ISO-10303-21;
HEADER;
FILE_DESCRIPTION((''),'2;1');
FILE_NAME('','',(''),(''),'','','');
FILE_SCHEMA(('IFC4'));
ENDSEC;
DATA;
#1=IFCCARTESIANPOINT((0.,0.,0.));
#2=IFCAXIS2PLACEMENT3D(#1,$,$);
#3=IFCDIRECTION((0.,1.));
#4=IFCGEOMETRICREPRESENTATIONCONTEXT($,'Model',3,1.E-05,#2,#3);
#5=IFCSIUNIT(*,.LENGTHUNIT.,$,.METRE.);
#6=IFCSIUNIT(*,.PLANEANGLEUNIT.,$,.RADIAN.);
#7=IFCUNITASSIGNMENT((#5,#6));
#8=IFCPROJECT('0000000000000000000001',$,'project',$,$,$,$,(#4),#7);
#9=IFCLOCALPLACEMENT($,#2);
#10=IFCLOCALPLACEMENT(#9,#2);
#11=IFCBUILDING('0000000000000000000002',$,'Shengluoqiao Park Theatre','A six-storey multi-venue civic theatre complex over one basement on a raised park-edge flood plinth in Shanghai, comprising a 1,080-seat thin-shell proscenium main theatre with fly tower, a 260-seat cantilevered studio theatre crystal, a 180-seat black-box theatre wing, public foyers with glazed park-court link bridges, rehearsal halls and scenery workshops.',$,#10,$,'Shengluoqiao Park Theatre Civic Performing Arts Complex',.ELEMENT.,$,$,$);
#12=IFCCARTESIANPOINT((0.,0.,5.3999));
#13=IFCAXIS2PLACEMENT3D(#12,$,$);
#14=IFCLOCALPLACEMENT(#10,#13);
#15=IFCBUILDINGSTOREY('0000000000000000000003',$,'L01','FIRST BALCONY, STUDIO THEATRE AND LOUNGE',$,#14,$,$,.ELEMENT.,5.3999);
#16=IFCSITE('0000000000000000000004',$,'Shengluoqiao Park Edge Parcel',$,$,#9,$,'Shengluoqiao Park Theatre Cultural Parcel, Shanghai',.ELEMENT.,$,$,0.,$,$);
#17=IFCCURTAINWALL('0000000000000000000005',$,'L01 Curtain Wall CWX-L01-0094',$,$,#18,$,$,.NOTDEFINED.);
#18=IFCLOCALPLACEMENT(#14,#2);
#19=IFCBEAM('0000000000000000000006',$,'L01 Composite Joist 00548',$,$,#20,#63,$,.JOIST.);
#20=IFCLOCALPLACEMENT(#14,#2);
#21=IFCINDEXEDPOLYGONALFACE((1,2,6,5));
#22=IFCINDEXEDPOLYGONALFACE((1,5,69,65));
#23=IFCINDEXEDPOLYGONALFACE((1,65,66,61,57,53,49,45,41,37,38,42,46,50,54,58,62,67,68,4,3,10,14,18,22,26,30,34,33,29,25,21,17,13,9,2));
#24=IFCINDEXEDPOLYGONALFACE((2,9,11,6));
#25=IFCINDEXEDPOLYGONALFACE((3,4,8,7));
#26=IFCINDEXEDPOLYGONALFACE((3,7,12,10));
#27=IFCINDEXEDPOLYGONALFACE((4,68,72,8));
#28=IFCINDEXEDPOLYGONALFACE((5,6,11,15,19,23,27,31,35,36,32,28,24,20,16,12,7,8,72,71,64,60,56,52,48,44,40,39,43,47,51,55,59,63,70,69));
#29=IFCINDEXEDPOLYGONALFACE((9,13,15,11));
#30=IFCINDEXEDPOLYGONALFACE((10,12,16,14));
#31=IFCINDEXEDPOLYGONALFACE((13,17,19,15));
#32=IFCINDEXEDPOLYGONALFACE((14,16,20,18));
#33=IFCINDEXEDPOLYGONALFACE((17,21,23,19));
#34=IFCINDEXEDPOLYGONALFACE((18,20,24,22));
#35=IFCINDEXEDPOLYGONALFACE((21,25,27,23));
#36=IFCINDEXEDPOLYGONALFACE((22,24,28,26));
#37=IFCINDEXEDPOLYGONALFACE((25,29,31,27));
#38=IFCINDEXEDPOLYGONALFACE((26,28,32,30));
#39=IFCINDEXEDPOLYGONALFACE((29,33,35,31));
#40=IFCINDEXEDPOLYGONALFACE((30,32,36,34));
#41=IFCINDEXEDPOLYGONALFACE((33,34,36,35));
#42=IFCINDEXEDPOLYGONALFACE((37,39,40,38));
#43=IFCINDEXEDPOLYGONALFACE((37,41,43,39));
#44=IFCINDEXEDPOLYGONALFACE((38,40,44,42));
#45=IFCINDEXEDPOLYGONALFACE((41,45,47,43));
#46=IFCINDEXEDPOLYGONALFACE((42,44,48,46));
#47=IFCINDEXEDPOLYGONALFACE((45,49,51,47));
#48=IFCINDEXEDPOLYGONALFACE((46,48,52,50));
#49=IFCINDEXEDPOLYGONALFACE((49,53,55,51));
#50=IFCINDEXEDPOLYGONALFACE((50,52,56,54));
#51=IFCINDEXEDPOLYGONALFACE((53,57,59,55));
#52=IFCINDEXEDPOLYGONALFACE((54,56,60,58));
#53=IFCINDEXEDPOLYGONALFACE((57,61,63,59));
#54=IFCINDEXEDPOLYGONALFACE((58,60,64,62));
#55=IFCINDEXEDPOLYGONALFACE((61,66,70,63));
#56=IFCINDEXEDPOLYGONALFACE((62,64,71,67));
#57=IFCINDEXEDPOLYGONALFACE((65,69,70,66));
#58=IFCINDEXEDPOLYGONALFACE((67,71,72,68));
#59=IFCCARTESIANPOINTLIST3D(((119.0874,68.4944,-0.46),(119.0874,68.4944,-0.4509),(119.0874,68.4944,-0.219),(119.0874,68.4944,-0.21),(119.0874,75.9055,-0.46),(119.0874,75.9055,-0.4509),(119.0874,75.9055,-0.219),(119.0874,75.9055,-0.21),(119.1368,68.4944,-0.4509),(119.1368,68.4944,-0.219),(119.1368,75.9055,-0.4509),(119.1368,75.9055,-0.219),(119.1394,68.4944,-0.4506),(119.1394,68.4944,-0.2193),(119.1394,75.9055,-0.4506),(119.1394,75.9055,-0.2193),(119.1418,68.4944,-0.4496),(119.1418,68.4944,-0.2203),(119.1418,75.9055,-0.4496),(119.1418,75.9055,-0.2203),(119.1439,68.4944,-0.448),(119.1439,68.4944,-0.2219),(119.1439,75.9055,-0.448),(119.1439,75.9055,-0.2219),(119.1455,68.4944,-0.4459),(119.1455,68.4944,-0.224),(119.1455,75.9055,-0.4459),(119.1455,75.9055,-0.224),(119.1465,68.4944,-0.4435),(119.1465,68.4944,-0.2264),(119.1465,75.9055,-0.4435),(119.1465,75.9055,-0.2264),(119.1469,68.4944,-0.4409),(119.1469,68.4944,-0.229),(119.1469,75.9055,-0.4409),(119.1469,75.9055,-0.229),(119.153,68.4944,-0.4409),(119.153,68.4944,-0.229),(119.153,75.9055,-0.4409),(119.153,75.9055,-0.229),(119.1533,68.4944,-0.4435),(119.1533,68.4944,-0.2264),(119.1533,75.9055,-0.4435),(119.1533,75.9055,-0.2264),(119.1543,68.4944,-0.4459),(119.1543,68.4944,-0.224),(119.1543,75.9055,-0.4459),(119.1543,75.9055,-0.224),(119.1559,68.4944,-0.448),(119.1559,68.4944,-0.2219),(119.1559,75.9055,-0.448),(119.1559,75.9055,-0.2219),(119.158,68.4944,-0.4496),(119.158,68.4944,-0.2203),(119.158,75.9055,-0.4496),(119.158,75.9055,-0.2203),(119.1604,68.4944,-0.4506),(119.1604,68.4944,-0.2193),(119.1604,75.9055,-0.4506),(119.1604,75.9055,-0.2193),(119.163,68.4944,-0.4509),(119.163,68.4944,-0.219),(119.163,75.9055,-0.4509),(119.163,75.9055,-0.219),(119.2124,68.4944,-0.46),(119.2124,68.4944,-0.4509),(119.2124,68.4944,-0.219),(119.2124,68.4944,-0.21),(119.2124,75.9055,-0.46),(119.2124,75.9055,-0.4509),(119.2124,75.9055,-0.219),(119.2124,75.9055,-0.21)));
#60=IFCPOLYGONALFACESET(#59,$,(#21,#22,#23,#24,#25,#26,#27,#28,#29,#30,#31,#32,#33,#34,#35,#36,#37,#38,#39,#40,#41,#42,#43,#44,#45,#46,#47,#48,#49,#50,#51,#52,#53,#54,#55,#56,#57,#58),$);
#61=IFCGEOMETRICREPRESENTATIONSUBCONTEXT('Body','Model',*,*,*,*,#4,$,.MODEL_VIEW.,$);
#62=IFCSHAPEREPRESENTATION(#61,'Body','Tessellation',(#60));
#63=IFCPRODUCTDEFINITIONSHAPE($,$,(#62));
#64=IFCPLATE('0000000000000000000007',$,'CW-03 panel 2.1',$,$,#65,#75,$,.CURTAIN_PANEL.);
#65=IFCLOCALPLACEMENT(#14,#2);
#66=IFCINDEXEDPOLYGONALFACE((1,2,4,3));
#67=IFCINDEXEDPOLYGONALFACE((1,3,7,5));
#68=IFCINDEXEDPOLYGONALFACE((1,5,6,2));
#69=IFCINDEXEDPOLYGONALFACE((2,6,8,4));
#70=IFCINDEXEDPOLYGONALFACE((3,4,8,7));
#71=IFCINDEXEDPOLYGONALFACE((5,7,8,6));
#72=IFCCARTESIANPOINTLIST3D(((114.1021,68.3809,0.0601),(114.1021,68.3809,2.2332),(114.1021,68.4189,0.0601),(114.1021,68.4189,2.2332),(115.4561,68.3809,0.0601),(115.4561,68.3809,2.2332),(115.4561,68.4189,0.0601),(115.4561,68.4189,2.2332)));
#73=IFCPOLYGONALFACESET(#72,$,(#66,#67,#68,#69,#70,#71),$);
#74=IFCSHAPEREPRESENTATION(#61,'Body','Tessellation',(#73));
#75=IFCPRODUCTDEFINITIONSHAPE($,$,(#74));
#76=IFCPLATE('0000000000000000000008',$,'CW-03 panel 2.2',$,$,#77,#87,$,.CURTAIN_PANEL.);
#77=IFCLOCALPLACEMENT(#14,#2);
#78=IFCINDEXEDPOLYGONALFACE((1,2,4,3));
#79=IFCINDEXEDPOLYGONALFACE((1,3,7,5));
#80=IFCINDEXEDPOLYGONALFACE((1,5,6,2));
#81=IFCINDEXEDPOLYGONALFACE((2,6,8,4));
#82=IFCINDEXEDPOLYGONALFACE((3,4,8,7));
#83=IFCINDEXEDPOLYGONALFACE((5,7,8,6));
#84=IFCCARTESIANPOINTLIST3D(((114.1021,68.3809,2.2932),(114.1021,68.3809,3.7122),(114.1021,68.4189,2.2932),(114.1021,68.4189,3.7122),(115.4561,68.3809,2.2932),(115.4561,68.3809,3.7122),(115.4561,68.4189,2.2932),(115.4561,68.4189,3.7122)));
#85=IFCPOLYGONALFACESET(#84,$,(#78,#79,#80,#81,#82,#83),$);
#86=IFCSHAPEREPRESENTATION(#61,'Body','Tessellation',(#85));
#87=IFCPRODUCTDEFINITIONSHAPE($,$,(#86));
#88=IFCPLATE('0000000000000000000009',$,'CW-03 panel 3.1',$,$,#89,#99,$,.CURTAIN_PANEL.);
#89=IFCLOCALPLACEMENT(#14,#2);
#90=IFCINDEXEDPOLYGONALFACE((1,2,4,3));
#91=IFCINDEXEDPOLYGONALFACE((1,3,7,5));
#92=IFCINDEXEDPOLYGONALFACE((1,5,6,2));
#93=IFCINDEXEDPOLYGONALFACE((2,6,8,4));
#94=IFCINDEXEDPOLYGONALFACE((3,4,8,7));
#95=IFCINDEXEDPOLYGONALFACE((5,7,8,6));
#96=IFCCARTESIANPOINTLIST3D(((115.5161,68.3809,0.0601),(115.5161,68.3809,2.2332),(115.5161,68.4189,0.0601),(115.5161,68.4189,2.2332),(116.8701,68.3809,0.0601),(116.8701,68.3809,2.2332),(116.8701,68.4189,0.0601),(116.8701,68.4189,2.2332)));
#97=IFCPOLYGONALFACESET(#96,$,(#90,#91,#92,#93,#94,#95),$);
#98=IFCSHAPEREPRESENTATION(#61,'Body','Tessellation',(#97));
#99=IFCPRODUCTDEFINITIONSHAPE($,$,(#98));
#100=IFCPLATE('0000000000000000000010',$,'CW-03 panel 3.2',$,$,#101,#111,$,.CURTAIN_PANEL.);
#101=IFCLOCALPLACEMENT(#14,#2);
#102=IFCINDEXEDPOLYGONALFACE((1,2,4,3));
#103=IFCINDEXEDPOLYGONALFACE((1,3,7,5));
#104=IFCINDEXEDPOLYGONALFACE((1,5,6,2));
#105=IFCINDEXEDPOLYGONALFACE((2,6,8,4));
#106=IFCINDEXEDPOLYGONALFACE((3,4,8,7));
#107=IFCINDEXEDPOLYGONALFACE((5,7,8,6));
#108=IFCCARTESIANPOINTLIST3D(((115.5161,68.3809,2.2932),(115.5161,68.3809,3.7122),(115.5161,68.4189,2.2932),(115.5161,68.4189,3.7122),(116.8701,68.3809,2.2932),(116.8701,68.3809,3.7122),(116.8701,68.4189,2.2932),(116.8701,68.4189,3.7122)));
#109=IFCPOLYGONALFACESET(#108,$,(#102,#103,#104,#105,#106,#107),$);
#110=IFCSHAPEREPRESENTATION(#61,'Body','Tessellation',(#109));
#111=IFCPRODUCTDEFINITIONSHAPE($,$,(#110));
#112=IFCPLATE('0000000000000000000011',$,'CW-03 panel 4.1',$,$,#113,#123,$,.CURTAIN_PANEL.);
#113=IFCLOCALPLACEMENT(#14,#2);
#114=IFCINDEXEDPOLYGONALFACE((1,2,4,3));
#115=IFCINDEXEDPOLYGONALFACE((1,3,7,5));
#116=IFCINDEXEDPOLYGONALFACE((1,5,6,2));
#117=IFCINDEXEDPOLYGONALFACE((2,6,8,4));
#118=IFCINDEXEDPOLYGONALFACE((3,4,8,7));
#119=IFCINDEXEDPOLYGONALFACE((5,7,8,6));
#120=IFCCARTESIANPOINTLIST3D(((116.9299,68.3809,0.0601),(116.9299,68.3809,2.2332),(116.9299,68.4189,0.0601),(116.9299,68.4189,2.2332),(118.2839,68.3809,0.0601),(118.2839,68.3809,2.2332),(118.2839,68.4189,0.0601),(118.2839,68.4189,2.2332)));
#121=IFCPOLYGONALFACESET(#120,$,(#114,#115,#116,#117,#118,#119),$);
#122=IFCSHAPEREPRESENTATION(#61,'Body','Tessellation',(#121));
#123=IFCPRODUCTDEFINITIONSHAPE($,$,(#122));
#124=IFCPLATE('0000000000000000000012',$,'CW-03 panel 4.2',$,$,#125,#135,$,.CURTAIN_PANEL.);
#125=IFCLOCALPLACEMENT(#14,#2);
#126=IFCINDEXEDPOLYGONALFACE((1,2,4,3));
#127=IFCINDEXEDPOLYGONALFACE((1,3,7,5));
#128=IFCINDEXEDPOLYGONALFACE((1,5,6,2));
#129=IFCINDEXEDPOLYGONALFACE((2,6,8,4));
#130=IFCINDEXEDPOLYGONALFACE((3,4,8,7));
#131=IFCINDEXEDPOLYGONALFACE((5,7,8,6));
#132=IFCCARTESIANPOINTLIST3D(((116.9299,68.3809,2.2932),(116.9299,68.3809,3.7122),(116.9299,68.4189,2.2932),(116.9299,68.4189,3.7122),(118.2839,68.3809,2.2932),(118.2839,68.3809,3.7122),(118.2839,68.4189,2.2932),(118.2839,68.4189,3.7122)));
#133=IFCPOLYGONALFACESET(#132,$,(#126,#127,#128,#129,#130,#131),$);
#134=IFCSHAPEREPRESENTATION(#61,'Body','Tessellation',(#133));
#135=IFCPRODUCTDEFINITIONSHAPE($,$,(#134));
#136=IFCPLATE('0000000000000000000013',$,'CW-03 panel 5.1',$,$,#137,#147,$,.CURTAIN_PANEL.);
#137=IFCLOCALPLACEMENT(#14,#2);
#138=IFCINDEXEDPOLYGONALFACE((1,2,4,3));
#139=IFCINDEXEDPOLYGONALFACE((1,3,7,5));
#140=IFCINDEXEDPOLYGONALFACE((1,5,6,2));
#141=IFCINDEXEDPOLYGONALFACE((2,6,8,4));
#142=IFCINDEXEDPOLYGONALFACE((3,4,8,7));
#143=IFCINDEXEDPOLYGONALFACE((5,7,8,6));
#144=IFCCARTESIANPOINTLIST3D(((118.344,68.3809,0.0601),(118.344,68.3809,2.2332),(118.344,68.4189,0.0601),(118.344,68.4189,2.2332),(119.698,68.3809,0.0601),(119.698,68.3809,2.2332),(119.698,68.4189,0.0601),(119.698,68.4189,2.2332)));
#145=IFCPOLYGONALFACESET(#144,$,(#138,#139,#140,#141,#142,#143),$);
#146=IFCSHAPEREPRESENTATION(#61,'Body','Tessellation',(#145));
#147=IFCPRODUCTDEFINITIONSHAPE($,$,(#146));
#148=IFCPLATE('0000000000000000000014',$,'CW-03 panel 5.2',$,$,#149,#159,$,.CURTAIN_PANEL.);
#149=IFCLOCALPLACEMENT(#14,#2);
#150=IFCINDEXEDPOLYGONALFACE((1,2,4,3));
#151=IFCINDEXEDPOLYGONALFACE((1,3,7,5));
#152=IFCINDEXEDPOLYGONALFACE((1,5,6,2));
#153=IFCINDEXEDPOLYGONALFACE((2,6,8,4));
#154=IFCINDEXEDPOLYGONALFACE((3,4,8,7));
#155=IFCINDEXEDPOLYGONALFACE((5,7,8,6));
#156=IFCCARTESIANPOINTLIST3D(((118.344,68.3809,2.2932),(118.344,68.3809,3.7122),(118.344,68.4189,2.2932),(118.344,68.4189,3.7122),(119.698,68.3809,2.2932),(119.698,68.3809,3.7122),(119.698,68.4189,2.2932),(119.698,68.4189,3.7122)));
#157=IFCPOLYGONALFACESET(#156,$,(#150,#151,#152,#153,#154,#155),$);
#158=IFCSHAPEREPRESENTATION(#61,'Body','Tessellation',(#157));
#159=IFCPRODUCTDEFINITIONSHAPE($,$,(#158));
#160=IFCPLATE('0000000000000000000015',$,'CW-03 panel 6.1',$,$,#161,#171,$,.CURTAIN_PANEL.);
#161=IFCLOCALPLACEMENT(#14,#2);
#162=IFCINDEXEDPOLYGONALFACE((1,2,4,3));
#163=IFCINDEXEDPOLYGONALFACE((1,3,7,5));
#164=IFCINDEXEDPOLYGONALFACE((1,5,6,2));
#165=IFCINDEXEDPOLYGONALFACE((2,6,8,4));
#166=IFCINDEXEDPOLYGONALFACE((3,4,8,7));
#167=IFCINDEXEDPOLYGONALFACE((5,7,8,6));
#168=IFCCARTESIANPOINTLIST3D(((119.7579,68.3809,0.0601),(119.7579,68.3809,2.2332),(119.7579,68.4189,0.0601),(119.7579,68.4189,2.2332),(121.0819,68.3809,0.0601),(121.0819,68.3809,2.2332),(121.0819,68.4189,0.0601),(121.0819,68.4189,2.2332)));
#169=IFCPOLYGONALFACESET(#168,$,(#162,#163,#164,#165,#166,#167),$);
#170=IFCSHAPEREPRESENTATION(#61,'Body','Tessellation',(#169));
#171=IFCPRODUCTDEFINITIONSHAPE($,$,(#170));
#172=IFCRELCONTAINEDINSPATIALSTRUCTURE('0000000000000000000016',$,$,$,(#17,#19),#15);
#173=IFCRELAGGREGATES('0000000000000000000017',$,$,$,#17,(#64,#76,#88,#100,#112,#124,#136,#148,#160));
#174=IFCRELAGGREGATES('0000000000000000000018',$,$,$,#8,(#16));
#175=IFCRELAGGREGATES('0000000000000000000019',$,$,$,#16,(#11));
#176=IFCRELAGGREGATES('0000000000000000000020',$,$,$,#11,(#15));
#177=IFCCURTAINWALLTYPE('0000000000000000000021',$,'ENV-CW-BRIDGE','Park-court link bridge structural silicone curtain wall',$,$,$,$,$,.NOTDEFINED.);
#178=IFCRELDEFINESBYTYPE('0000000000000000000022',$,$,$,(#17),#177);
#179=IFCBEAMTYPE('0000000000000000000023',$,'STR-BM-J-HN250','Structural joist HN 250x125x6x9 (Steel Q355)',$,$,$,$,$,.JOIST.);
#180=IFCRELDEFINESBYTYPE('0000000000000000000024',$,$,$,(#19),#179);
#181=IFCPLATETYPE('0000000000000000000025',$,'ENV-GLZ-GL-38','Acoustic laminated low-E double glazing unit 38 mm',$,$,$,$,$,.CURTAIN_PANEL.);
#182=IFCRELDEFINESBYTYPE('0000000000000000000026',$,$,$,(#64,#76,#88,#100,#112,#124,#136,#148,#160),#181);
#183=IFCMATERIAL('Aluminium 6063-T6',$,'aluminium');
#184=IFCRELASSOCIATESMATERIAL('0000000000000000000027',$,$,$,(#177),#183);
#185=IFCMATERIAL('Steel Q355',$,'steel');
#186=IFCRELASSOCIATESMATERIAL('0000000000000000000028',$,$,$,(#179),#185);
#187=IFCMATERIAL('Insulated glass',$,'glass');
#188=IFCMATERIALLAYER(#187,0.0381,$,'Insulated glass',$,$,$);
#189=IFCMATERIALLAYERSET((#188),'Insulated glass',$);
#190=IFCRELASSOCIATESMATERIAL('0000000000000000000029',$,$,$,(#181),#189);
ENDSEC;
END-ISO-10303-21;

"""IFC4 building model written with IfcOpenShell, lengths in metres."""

from ifc_helpers import new_model, si_unit, direction, frame, origin, origin_2d, place, context, subcontext, project, spatial, rectangle, i_section, extrude, material, layer, layer_set, material_profile, profile_set, type_object, element, aggregate, save


model = new_model("IFC4")

# Units and contexts
model_context = context("Model", 3, precision=1e-05, world=origin(), true_north=direction((0.0, 1.0)))
body_context = subcontext(model_context, "Body", "Model", "MODEL_VIEW")
ifc_project = project(units=[si_unit("LENGTHUNIT", "METRE"), si_unit("PLANEANGLEUNIT", "RADIAN")], contexts=[model_context])

# Site, building, storey
site_placement = place(None, origin())
site = spatial("IfcSite", under=ifc_project, at=site_placement, Name="Shengluoqiao Park Edge Parcel", LongName="Shengluoqiao Park Theatre Cultural Parcel, Shanghai", CompositionType="ELEMENT", RefElevation=0.0)
building_placement = place(site_placement, origin())
building = spatial("IfcBuilding", under=site, at=building_placement, Name="Shengluoqiao Park Theatre", Description="A six-storey multi-venue civic theatre complex over one basement on a raised park-edge flood plinth in Shanghai, comprising a 1,080-seat thin-shell proscenium main theatre with fly tower, a 260-seat cantilevered studio theatre crystal, a 180-seat black-box theatre wing, public foyers with glazed park-court link bridges, rehearsal halls and scenery workshops.", LongName="Shengluoqiao Park Theatre Civic Performing Arts Complex", CompositionType="ELEMENT")
storey_placement = place(building_placement, frame((0.0, 0.0, 5.3999)))
storey = spatial("IfcBuildingStorey", under=building, at=storey_placement, Name="L01", Description="FIRST BALCONY, STUDIO THEATRE AND LOUNGE", CompositionType="ELEMENT", Elevation=5.3999)

# Curtain wall
ifc_material_1 = material(Name="Aluminium 6063-T6", Category="aluminium")
curtain_wall_type = type_object("IfcCurtainWallType", Name="ENV-CW-BRIDGE", Description="Park-court link bridge structural silicone curtain wall", PredefinedType="NOTDEFINED", material=ifc_material_1)
curtain_wall_placement = place(storey_placement, origin())
curtain_wall = element("IfcCurtainWall", 1, at=curtain_wall_placement, inside=storey, type_object=curtain_wall_type, Name="L01 Curtain Wall CWX-L01-0094", PredefinedType="NOTDEFINED")

# Beam
ifc_material_2 = material(Name="Steel Q355", Category="steel")
ifc_material_profile_1 = material_profile(ifc_material_2, i_section(OverallWidth=0.125, OverallDepth=0.25, WebThickness=0.0061, FlangeThickness=0.009, FilletRadius=0.01, at=origin_2d()), Name="HN 250x125x6x9")
ifc_profile_set_1 = profile_set([ifc_material_profile_1], Name="Steel Q355")
beam_type = type_object("IfcBeamType", Name="STR-BM-J-HN250", Description="Structural joist HN 250x125x6x9 (Steel Q355)", PredefinedType="JOIST", material=ifc_profile_set_1)
for number, where, z_axis, x_axis, name in (
    (2, (119.1499, 68.4944, -0.335), (0.0, 1.0, 0.0), (-1.0, 0.0, 0.0), "L01 Composite Joist 00548"),
):
    element("IfcBeam", number, at=place(storey_placement, frame(where, z_axis=z_axis, x_axis=x_axis)), inside=storey, type_object=beam_type, Name=name, PredefinedType="JOIST", context=body_context, shape_type="SweptSolid", body=[
        extrude(i_section(OverallWidth=0.125, OverallDepth=0.25, WebThickness=0.0061, FlangeThickness=0.009, FilletRadius=0.01, at=origin_2d()), origin(), (0.0, 0.0, 1.0), 7.4111),
    ])

# Plates
ifc_material_3 = material(Name="Insulated glass", Category="glass")
ifc_layer = layer(ifc_material_3, 0.0381, Name="Insulated glass")
ifc_layer_set = layer_set([ifc_layer], Name="Insulated glass")
plate_type = type_object("IfcPlateType", Name="ENV-GLZ-GL-38", Description="Acoustic laminated low-E double glazing unit 38 mm", PredefinedType="CURTAIN_PANEL", material=ifc_layer_set)
plate_1_placement = place(storey_placement, frame((114.7791, 68.3999, 0.0601), z_axis=(0.0, 0.0, 1.0), x_axis=(1.0, 0.0, 0.0)))
plate_1 = element("IfcPlate", 3, at=plate_1_placement, type_object=plate_type, Name="CW-03 panel 2.1", PredefinedType="CURTAIN_PANEL", context=body_context, shape_type="SweptSolid", body=[
    extrude(rectangle(XDim=1.354, YDim=0.0381, at=origin_2d()), origin(), (0.0, 0.0, 1.0), 2.1731),
])
plate_2_placement = place(storey_placement, frame((114.7791, 68.3999, 2.2932), z_axis=(0.0, 0.0, 1.0), x_axis=(1.0, 0.0, 0.0)))
plate_2 = element("IfcPlate", 4, at=plate_2_placement, type_object=plate_type, Name="CW-03 panel 2.2", PredefinedType="CURTAIN_PANEL", context=body_context, shape_type="SweptSolid", body=[
    extrude(rectangle(XDim=1.354, YDim=0.0381, at=origin_2d()), origin(), (0.0, 0.0, 1.0), 1.4189),
])
plate_3_placement = place(storey_placement, frame((116.1931, 68.3999, 0.0601), z_axis=(0.0, 0.0, 1.0), x_axis=(1.0, 0.0, 0.0)))
plate_3 = element("IfcPlate", 5, at=plate_3_placement, type_object=plate_type, Name="CW-03 panel 3.1", PredefinedType="CURTAIN_PANEL", context=body_context, shape_type="SweptSolid", body=[
    extrude(rectangle(XDim=1.354, YDim=0.0381, at=origin_2d()), origin(), (0.0, 0.0, 1.0), 2.1731),
])
plate_4_placement = place(storey_placement, frame((116.1931, 68.3999, 2.2932), z_axis=(0.0, 0.0, 1.0), x_axis=(1.0, 0.0, 0.0)))
plate_4 = element("IfcPlate", 6, at=plate_4_placement, type_object=plate_type, Name="CW-03 panel 3.2", PredefinedType="CURTAIN_PANEL", context=body_context, shape_type="SweptSolid", body=[
    extrude(rectangle(XDim=1.354, YDim=0.0381, at=origin_2d()), origin(), (0.0, 0.0, 1.0), 1.4189),
])
plate_5_placement = place(storey_placement, frame((117.6069, 68.3999, 0.0601), z_axis=(0.0, 0.0, 1.0), x_axis=(1.0, 0.0, 0.0)))
plate_5 = element("IfcPlate", 7, at=plate_5_placement, type_object=plate_type, Name="CW-03 panel 4.1", PredefinedType="CURTAIN_PANEL", context=body_context, shape_type="SweptSolid", body=[
    extrude(rectangle(XDim=1.354, YDim=0.0381, at=origin_2d()), origin(), (0.0, 0.0, 1.0), 2.1731),
])
plate_6_placement = place(storey_placement, frame((117.6069, 68.3999, 2.2932), z_axis=(0.0, 0.0, 1.0), x_axis=(1.0, 0.0, 0.0)))
plate_6 = element("IfcPlate", 8, at=plate_6_placement, type_object=plate_type, Name="CW-03 panel 4.2", PredefinedType="CURTAIN_PANEL", context=body_context, shape_type="SweptSolid", body=[
    extrude(rectangle(XDim=1.354, YDim=0.0381, at=origin_2d()), origin(), (0.0, 0.0, 1.0), 1.4189),
])
plate_7_placement = place(storey_placement, frame((119.021, 68.3999, 0.0601), z_axis=(0.0, 0.0, 1.0), x_axis=(1.0, 0.0, 0.0)))
plate_7 = element("IfcPlate", 9, at=plate_7_placement, type_object=plate_type, Name="CW-03 panel 5.1", PredefinedType="CURTAIN_PANEL", context=body_context, shape_type="SweptSolid", body=[
    extrude(rectangle(XDim=1.354, YDim=0.0381, at=origin_2d()), origin(), (0.0, 0.0, 1.0), 2.1731),
])
plate_8_placement = place(storey_placement, frame((119.021, 68.3999, 2.2932), z_axis=(0.0, 0.0, 1.0), x_axis=(1.0, 0.0, 0.0)))
plate_8 = element("IfcPlate", 10, at=plate_8_placement, type_object=plate_type, Name="CW-03 panel 5.2", PredefinedType="CURTAIN_PANEL", context=body_context, shape_type="SweptSolid", body=[
    extrude(rectangle(XDim=1.354, YDim=0.0381, at=origin_2d()), origin(), (0.0, 0.0, 1.0), 1.4189),
])
plate_9_placement = place(storey_placement, frame((120.4199, 68.3999, 0.0601), z_axis=(0.0, 0.0, 1.0), x_axis=(1.0, 0.0, 0.0)))
plate_9 = element("IfcPlate", 11, at=plate_9_placement, type_object=plate_type, Name="CW-03 panel 6.1", PredefinedType="CURTAIN_PANEL", context=body_context, shape_type="SweptSolid", body=[
    extrude(rectangle(XDim=1.324, YDim=0.0381, at=origin_2d()), origin(), (0.0, 0.0, 1.0), 2.1731),
])
aggregate(curtain_wall, [plate_1, plate_2, plate_3, plate_4, plate_5, plate_6, plate_7, plate_8, plate_9])

save(model, "model.ifc")
